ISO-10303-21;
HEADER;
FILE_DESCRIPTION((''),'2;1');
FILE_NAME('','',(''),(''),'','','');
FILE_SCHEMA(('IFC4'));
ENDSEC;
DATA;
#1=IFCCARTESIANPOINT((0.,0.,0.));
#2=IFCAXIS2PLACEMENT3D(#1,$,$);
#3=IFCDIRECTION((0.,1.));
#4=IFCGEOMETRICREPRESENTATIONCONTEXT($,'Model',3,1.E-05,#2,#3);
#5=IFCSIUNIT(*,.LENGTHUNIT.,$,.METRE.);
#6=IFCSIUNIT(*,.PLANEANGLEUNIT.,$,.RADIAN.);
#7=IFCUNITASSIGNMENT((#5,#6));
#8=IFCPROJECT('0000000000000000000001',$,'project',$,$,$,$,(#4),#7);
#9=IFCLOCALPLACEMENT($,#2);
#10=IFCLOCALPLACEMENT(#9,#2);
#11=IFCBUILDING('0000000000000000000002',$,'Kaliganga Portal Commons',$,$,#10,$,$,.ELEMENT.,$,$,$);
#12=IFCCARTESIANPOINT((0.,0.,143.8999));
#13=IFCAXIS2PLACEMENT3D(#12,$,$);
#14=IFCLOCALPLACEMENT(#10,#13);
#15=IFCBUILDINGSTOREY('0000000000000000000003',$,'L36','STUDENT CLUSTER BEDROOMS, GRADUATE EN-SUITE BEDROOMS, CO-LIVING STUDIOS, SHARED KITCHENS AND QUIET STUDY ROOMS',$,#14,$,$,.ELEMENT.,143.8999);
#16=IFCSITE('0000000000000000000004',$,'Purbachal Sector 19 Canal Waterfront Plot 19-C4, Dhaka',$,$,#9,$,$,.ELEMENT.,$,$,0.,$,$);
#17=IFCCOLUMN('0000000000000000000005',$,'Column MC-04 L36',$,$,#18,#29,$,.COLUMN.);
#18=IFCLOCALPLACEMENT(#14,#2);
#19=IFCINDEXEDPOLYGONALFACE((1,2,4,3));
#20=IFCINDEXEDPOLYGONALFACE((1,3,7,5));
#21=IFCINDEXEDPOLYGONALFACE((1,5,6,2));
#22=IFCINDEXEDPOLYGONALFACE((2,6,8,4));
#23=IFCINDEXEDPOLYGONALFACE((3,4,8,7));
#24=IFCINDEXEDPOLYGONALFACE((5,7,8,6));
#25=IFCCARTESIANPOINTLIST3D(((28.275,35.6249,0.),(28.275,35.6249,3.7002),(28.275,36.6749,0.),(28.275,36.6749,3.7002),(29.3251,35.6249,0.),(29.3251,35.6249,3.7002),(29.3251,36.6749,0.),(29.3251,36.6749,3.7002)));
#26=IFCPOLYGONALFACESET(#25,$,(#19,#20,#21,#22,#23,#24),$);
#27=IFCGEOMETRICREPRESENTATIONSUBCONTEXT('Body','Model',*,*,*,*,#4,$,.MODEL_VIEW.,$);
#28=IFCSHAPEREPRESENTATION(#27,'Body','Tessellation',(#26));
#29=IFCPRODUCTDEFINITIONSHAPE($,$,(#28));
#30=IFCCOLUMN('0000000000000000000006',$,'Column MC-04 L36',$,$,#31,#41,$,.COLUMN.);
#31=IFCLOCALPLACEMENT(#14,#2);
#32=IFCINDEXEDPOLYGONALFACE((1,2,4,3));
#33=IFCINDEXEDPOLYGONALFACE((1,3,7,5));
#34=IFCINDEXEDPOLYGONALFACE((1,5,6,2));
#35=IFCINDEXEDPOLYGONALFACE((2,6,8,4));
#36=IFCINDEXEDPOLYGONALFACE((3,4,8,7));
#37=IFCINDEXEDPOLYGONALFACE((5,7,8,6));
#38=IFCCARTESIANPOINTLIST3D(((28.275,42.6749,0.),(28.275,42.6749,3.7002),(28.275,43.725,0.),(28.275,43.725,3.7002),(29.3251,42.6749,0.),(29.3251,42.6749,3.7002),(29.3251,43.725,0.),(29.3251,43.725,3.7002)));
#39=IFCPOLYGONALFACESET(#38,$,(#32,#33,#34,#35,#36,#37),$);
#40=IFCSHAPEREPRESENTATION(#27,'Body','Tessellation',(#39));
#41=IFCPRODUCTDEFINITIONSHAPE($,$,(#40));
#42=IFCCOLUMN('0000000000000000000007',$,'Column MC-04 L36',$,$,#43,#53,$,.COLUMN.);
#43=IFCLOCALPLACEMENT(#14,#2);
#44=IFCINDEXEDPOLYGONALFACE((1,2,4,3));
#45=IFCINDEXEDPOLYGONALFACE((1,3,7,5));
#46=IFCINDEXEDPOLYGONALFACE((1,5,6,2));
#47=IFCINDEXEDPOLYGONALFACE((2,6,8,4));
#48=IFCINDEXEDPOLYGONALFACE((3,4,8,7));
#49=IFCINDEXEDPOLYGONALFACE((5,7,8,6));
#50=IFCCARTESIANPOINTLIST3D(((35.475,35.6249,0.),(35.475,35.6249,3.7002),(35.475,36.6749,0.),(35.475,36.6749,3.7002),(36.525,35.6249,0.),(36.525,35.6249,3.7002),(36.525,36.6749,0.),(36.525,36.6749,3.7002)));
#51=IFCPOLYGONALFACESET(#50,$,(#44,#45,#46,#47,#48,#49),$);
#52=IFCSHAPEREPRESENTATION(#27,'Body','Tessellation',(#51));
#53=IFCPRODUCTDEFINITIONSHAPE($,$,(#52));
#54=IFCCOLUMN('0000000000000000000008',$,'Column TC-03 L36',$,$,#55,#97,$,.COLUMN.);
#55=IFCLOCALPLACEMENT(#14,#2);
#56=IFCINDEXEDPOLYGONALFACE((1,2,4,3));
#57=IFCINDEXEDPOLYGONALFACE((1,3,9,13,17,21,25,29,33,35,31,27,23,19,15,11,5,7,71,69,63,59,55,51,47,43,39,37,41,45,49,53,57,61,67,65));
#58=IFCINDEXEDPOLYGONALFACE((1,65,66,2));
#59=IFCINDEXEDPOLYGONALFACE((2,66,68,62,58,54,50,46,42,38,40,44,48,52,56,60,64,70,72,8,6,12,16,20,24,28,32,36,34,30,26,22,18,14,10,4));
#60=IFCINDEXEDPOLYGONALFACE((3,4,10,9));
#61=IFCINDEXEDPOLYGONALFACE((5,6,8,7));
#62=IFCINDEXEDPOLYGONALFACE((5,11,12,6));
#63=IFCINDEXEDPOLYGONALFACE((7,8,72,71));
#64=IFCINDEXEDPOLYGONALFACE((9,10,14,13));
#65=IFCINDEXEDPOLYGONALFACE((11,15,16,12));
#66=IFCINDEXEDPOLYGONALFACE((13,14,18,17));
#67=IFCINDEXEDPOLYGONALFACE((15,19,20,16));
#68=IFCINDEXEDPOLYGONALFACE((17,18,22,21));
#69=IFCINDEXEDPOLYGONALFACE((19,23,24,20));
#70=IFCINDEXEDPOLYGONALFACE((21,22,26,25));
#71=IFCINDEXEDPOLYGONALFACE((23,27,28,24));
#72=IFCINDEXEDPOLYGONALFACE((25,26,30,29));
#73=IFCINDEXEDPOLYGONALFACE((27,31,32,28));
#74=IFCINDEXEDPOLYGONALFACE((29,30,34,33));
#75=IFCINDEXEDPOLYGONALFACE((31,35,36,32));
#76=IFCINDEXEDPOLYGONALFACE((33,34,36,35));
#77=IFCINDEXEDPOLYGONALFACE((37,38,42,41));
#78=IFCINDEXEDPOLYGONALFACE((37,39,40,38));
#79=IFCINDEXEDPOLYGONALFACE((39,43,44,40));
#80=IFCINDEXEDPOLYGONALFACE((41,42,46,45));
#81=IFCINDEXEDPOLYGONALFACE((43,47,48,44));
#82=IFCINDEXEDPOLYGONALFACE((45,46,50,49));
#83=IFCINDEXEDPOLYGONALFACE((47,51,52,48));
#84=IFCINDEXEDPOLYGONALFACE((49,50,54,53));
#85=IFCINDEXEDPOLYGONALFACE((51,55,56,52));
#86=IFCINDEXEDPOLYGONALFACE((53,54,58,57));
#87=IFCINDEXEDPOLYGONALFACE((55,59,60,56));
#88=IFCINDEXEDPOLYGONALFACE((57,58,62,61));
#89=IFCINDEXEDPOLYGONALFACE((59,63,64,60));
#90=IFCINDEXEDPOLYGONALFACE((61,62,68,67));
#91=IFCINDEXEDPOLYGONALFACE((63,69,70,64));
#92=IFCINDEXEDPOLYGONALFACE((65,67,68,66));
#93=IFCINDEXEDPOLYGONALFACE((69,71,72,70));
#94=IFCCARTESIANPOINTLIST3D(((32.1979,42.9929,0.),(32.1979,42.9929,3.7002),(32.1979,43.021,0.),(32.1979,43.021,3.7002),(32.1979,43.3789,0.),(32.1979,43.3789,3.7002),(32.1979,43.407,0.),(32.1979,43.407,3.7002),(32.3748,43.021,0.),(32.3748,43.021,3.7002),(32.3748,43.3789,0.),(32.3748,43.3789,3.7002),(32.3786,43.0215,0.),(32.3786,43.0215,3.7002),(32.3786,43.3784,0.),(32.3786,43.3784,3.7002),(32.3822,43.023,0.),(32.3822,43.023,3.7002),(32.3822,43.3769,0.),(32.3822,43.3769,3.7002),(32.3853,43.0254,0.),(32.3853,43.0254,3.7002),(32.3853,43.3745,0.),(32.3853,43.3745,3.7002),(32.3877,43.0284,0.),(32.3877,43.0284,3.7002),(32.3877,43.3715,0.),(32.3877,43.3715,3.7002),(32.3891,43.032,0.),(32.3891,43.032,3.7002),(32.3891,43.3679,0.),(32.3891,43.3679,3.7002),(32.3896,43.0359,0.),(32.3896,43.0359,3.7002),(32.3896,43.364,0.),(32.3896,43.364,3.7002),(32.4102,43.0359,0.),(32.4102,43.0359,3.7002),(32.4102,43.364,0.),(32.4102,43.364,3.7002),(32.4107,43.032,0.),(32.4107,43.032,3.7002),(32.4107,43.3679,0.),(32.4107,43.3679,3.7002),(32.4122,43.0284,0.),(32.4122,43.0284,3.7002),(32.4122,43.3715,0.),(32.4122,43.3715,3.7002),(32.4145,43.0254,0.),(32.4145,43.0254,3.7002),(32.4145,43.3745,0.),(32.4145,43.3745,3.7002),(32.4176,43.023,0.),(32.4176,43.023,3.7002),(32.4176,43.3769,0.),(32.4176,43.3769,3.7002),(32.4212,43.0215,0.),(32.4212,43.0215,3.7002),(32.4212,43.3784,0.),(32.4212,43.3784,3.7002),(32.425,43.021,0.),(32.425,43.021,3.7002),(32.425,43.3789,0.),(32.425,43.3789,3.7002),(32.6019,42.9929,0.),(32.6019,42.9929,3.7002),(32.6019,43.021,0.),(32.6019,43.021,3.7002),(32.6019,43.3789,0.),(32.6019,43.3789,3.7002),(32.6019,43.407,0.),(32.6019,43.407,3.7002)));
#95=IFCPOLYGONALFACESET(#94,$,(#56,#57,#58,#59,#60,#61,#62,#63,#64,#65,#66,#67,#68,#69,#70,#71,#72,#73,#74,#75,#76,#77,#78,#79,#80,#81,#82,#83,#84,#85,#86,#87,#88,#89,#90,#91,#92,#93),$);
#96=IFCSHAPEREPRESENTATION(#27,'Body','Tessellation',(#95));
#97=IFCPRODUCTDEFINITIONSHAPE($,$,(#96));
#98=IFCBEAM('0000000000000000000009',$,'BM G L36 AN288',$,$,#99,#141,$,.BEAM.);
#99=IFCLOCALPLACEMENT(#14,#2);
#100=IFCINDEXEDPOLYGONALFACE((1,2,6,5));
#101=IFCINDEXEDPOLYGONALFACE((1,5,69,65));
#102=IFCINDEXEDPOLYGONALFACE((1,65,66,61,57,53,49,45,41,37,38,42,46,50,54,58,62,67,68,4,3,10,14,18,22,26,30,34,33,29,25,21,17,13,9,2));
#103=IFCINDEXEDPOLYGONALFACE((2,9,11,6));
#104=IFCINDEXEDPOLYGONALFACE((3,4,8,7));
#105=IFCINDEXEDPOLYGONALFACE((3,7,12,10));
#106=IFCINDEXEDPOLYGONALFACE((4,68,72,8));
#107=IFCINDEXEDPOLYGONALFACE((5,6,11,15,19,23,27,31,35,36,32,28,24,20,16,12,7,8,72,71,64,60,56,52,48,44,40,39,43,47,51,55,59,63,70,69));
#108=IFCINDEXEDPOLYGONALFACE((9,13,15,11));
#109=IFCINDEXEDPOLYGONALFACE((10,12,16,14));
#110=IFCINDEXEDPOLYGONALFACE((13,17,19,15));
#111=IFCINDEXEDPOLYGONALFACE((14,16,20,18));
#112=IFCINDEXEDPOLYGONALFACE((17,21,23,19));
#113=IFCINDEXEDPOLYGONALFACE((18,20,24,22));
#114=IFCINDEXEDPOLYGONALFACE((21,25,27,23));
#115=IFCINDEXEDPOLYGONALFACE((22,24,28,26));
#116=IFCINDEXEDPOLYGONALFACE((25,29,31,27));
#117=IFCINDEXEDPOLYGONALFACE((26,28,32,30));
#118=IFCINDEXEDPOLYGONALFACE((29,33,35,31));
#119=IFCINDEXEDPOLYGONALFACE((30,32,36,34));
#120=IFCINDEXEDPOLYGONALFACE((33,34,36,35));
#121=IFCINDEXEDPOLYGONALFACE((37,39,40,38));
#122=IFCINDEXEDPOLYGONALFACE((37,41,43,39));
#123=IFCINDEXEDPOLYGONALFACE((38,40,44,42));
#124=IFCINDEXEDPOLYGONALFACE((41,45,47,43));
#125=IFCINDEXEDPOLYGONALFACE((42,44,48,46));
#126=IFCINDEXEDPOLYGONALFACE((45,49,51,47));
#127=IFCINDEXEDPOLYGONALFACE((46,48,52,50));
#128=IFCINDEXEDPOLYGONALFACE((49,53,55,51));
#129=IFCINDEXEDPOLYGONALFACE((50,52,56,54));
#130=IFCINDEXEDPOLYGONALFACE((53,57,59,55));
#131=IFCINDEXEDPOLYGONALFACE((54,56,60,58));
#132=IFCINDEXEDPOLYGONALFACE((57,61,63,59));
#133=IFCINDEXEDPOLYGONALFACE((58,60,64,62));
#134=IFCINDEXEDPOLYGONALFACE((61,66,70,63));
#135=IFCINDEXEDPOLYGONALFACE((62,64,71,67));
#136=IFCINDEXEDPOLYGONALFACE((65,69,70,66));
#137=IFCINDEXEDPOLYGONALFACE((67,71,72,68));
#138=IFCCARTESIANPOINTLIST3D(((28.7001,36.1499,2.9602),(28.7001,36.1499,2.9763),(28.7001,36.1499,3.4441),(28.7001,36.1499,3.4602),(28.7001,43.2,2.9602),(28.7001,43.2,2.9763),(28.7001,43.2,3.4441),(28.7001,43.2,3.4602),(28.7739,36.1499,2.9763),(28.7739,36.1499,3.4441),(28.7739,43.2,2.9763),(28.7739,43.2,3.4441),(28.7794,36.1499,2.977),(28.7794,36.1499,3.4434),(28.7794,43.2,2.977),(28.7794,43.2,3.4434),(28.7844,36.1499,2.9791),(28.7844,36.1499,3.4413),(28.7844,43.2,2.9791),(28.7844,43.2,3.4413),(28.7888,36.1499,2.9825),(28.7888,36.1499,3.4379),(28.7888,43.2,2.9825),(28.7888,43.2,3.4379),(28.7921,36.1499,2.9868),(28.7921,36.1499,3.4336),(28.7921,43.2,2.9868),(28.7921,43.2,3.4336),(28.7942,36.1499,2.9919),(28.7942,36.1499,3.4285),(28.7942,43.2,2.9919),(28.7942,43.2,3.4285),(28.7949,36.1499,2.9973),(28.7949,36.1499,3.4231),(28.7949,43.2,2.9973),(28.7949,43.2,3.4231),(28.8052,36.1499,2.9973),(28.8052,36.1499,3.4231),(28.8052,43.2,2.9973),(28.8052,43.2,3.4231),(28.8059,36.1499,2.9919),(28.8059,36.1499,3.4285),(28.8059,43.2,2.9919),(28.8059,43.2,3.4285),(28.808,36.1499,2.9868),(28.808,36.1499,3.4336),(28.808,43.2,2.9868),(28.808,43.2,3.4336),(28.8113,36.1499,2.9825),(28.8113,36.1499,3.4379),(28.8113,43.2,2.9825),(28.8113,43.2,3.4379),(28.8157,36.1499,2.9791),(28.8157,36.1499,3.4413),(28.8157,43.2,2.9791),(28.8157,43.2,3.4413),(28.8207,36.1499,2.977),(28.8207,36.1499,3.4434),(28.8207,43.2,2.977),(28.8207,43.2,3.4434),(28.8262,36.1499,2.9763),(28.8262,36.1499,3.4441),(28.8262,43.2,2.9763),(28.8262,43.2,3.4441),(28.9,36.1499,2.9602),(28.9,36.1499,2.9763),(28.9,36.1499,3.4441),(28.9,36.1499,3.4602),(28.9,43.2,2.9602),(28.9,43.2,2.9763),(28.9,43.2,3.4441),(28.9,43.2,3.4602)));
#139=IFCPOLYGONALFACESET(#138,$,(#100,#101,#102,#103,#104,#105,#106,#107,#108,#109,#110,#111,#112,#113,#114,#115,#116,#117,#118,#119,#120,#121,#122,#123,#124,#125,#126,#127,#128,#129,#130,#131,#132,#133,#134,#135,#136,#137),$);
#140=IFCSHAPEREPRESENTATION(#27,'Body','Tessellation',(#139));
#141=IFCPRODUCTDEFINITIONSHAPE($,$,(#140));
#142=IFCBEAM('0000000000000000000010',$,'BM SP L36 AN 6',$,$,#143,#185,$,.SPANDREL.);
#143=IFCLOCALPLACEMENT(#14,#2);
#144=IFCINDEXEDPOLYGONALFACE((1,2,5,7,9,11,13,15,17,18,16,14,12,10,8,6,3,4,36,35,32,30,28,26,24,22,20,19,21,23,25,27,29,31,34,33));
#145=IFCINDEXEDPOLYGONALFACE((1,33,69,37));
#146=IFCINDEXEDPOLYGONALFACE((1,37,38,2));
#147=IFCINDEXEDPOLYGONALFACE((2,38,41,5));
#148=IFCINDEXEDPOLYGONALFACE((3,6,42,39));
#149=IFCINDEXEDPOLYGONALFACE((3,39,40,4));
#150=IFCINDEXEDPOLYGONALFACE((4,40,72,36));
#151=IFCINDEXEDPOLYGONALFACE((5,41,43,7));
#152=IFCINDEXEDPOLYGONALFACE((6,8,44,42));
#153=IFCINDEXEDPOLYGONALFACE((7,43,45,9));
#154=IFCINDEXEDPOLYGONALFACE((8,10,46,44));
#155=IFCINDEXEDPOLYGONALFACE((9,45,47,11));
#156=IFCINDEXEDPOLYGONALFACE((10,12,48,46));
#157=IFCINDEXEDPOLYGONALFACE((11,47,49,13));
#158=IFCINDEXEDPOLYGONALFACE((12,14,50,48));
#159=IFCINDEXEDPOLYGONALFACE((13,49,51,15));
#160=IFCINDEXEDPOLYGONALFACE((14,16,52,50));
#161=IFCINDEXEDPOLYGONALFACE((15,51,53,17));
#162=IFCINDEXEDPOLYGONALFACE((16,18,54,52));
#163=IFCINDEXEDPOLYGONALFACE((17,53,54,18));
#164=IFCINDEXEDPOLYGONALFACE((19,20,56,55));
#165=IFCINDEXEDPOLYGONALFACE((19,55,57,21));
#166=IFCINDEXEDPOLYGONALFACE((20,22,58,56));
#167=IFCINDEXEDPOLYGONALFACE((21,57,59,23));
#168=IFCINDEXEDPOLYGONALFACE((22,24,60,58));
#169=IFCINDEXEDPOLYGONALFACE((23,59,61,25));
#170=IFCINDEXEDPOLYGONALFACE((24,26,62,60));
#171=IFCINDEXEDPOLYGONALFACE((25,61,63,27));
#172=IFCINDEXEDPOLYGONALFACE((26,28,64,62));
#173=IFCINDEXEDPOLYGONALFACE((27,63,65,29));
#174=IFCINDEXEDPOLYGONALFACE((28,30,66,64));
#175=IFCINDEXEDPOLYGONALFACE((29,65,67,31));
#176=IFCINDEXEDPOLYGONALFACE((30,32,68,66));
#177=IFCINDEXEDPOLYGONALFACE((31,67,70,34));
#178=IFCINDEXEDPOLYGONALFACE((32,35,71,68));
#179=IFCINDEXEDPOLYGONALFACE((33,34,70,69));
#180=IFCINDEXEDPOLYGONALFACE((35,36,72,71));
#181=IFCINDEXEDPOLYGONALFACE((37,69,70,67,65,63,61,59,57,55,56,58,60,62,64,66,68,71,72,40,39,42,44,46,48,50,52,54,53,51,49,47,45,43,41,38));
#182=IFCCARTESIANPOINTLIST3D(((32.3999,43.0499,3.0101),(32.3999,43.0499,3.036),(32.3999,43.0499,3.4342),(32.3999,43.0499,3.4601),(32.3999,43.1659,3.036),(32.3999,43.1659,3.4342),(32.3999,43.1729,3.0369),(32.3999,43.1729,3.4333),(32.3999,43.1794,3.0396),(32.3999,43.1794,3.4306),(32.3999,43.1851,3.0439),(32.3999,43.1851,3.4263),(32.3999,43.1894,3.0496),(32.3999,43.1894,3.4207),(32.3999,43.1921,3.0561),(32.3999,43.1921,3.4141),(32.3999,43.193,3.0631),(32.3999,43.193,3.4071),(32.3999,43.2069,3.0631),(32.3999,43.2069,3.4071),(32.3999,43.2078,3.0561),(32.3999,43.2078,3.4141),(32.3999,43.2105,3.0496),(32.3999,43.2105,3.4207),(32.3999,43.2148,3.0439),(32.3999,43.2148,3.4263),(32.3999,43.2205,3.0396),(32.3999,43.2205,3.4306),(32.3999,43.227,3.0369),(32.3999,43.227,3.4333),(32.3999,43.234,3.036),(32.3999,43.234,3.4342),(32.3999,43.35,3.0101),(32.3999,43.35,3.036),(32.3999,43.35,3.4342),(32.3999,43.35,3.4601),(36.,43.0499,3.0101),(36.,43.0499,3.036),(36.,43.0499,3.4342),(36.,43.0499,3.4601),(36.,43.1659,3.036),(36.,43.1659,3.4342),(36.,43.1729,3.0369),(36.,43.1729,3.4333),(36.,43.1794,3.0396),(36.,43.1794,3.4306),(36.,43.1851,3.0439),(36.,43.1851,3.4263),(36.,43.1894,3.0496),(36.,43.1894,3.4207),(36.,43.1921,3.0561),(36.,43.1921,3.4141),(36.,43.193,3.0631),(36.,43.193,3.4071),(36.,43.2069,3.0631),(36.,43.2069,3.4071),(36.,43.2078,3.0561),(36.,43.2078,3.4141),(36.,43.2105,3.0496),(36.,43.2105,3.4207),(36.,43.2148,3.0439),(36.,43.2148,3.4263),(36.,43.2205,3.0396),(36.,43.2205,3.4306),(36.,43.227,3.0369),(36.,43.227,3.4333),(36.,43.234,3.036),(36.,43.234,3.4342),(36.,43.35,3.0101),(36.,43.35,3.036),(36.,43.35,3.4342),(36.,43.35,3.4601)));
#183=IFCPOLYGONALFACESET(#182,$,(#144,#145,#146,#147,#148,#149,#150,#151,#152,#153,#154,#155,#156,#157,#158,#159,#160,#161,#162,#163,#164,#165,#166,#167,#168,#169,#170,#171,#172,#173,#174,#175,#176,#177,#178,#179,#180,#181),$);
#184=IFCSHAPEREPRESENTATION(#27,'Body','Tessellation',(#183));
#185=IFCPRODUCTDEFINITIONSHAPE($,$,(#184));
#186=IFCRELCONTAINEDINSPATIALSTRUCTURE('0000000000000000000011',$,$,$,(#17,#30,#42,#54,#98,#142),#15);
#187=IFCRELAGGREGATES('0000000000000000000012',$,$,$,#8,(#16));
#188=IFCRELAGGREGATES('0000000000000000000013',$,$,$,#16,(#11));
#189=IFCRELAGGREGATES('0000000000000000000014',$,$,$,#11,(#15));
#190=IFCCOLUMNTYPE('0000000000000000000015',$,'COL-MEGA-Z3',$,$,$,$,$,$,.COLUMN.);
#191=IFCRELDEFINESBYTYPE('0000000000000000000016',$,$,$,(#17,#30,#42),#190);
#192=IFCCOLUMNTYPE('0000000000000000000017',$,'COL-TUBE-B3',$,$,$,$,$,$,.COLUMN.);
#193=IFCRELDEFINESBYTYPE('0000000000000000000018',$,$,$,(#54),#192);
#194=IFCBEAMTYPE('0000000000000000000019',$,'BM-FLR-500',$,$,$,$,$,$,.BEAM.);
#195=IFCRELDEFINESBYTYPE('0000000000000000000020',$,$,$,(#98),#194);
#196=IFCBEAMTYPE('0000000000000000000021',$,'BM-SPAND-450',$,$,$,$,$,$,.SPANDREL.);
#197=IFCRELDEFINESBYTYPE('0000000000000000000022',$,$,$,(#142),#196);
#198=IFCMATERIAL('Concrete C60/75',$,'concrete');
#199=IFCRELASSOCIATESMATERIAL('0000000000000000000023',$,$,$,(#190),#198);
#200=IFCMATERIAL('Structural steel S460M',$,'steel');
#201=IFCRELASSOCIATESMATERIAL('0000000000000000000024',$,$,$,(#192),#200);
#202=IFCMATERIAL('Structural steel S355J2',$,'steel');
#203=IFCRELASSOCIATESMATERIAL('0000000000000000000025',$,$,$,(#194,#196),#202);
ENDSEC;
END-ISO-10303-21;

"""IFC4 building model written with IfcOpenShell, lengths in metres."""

from ifc_helpers import new_model, si_unit, direction, frame, origin, origin_2d, place, context, subcontext, project, spatial, rectangle, i_section, extrude, source, transform, mapped, material, material_profile, profile_set, type_object, element, save


model = new_model("IFC4")

# Units and contexts
model_context = context("Model", 3, precision=1e-05, world=origin(), true_north=direction((0.0, 1.0)))
body_context = subcontext(model_context, "Body", "Model", "MODEL_VIEW")
ifc_project = project(units=[si_unit("LENGTHUNIT", "METRE"), si_unit("PLANEANGLEUNIT", "RADIAN")], contexts=[model_context])

# Site, building, storey
site_placement = place(None, origin())
site = spatial("IfcSite", under=ifc_project, at=site_placement, Name="Purbachal Sector 19 Canal Waterfront Plot 19-C4, Dhaka", CompositionType="ELEMENT", RefElevation=0.0)
building_placement = place(site_placement, origin())
building = spatial("IfcBuilding", under=site, at=building_placement, Name="Kaliganga Portal Commons", CompositionType="ELEMENT")
storey_placement = place(building_placement, frame((0.0, 0.0, 143.8999)))
storey = spatial("IfcBuildingStorey", under=building, at=storey_placement, Name="L36", Description="STUDENT CLUSTER BEDROOMS, GRADUATE EN-SUITE BEDROOMS, CO-LIVING STUDIOS, SHARED KITCHENS AND QUIET STUDY ROOMS", CompositionType="ELEMENT", Elevation=143.8999)

# Columns
ifc_material_1 = material(Name="Concrete C60/75", Category="concrete")
ifc_material_profile_1 = material_profile(ifc_material_1, rectangle(XDim=1.05, YDim=1.05, at=origin_2d()), Name="RC 1050x1050")
ifc_profile_set_1 = profile_set([ifc_material_profile_1], Name="Concrete C60/75")
column_type_1 = type_object("IfcColumnType", Name="COL-MEGA-Z3", PredefinedType="COLUMN", material=ifc_profile_set_1)
shared_shape_1 = source(origin(), body_context, "Body", "SweptSolid", [
    extrude(rectangle(XDim=1.05, YDim=1.05, at=origin_2d()), origin(), (0.0, 0.0, 1.0), 3.7002),
])
for number, where, z_axis, x_axis, name in (
    (1, (28.8, 36.1499, 0.0), (0.0, 0.0, 1.0), (1.0, 0.0, 0.0), "Column MC-04 L36"),
    (2, (28.8, 43.2, 0.0), (0.0, 0.0, 1.0), (1.0, 0.0, 0.0), "Column MC-04 L36"),
    (3, (36.0, 36.1499, 0.0), (0.0, 0.0, 1.0), (1.0, 0.0, 0.0), "Column MC-04 L36"),
):
    element("IfcColumn", number, at=place(storey_placement, frame(where, z_axis=z_axis, x_axis=x_axis)), inside=storey, type_object=column_type_1, Name=name, PredefinedType="COLUMN", context=body_context, shape_type="MappedRepresentation", body=[
        mapped(shared_shape_1, transform((0.0, 0.0, 0.0), x_axis=(1.0, 0.0, 0.0), y_axis=(0.0, 1.0, 0.0), z_axis=(0.0, 0.0, 1.0), scale=1.0)),
    ])
ifc_material_2 = material(Name="Structural steel S460M", Category="steel")
ifc_material_profile_2 = material_profile(ifc_material_2, i_section(OverallWidth=0.4041, OverallDepth=0.4141, WebThickness=0.0205, FlangeThickness=0.0281, FilletRadius=0.0149, at=origin_2d()), Name="HD 400x347")
ifc_profile_set_2 = profile_set([ifc_material_profile_2], Name="Structural steel S460M wide-flange")
column_type_2 = type_object("IfcColumnType", Name="COL-TUBE-B3", PredefinedType="COLUMN", material=ifc_profile_set_2)
shared_shape_2 = source(origin(), body_context, "Body", "SweptSolid", [
    extrude(i_section(OverallWidth=0.4041, OverallDepth=0.4141, WebThickness=0.0205, FlangeThickness=0.0281, FilletRadius=0.0149, at=origin_2d()), origin(), (0.0, 0.0, 1.0), 3.7002),
])
column_placement = place(storey_placement, frame((32.3999, 43.2, 0.0), z_axis=(0.0, 0.0, 1.0), x_axis=(1.0, 0.0, 0.0)))
element("IfcColumn", 4, at=column_placement, inside=storey, type_object=column_type_2, Name="Column TC-03 L36", PredefinedType="COLUMN", context=body_context, shape_type="MappedRepresentation", body=[
    mapped(shared_shape_2, transform((0.0, 0.0, 0.0), x_axis=(1.0, 0.0, 0.0), y_axis=(0.0, 1.0, 0.0), z_axis=(0.0, 0.0, 1.0), scale=1.0)),
])

# Beams
ifc_material_3 = material(Name="Structural steel S355J2", Category="steel")
ifc_material_profile_3 = material_profile(ifc_material_3, i_section(OverallWidth=0.2, OverallDepth=0.5, WebThickness=0.0103, FlangeThickness=0.0161, FilletRadius=0.021, at=origin_2d()), Name="IPE 500")
ifc_profile_set_3 = profile_set([ifc_material_profile_3], Name="Structural steel S355J2 wide-flange")
beam_type_1 = type_object("IfcBeamType", Name="BM-FLR-500", PredefinedType="BEAM", material=ifc_profile_set_3)
shared_shape_3 = source(origin(), body_context, "Body", "SweptSolid", [
    extrude(i_section(OverallWidth=0.2, OverallDepth=0.5, WebThickness=0.0103, FlangeThickness=0.0161, FilletRadius=0.021, at=origin_2d()), origin(), (0.0, 0.0, 1.0), 7.05),
])
beam_1_placement = place(storey_placement, frame((28.8, 36.1499, 3.2102), z_axis=(0.0, 1.0, 0.0), x_axis=(-1.0, 0.0, 0.0)))
element("IfcBeam", 5, at=beam_1_placement, inside=storey, type_object=beam_type_1, Name="BM G L36 AN288", PredefinedType="BEAM", context=body_context, shape_type="MappedRepresentation", body=[
    mapped(shared_shape_3, transform((0.0, 0.0, 0.0), x_axis=(1.0, 0.0, 0.0), y_axis=(0.0, 1.0, 0.0), z_axis=(0.0, 0.0, 1.0), scale=1.0)),
])
ifc_material_profile_4 = material_profile(ifc_material_3, i_section(OverallWidth=0.3, OverallDepth=0.45, WebThickness=0.0139, FlangeThickness=0.0259, FilletRadius=0.0271, at=origin_2d()), Name="HE 450 B")
ifc_profile_set_4 = profile_set([ifc_material_profile_4], Name="Structural steel S355J2 wide-flange")
beam_type_2 = type_object("IfcBeamType", Name="BM-SPAND-450", PredefinedType="SPANDREL", material=ifc_profile_set_4)
shared_shape_4 = source(origin(), body_context, "Body", "SweptSolid", [
    extrude(i_section(OverallWidth=0.3, OverallDepth=0.45, WebThickness=0.0139, FlangeThickness=0.0259, FilletRadius=0.0271, at=origin_2d()), origin(), (0.0, 0.0, 1.0), 3.6001),
])
beam_2_placement = place(storey_placement, frame((32.3999, 43.2, 3.2351), z_axis=(1.0, 0.0, 0.0), x_axis=(0.0, 1.0, 0.0)))
element("IfcBeam", 6, at=beam_2_placement, inside=storey, type_object=beam_type_2, Name="BM SP L36 AN 6", PredefinedType="SPANDREL", context=body_context, shape_type="MappedRepresentation", body=[
    mapped(shared_shape_4, transform((0.0, 0.0, 0.0), x_axis=(1.0, 0.0, 0.0), y_axis=(0.0, 1.0, 0.0), z_axis=(0.0, 0.0, 1.0), scale=1.0)),
])

save(model, "model.ifc")
